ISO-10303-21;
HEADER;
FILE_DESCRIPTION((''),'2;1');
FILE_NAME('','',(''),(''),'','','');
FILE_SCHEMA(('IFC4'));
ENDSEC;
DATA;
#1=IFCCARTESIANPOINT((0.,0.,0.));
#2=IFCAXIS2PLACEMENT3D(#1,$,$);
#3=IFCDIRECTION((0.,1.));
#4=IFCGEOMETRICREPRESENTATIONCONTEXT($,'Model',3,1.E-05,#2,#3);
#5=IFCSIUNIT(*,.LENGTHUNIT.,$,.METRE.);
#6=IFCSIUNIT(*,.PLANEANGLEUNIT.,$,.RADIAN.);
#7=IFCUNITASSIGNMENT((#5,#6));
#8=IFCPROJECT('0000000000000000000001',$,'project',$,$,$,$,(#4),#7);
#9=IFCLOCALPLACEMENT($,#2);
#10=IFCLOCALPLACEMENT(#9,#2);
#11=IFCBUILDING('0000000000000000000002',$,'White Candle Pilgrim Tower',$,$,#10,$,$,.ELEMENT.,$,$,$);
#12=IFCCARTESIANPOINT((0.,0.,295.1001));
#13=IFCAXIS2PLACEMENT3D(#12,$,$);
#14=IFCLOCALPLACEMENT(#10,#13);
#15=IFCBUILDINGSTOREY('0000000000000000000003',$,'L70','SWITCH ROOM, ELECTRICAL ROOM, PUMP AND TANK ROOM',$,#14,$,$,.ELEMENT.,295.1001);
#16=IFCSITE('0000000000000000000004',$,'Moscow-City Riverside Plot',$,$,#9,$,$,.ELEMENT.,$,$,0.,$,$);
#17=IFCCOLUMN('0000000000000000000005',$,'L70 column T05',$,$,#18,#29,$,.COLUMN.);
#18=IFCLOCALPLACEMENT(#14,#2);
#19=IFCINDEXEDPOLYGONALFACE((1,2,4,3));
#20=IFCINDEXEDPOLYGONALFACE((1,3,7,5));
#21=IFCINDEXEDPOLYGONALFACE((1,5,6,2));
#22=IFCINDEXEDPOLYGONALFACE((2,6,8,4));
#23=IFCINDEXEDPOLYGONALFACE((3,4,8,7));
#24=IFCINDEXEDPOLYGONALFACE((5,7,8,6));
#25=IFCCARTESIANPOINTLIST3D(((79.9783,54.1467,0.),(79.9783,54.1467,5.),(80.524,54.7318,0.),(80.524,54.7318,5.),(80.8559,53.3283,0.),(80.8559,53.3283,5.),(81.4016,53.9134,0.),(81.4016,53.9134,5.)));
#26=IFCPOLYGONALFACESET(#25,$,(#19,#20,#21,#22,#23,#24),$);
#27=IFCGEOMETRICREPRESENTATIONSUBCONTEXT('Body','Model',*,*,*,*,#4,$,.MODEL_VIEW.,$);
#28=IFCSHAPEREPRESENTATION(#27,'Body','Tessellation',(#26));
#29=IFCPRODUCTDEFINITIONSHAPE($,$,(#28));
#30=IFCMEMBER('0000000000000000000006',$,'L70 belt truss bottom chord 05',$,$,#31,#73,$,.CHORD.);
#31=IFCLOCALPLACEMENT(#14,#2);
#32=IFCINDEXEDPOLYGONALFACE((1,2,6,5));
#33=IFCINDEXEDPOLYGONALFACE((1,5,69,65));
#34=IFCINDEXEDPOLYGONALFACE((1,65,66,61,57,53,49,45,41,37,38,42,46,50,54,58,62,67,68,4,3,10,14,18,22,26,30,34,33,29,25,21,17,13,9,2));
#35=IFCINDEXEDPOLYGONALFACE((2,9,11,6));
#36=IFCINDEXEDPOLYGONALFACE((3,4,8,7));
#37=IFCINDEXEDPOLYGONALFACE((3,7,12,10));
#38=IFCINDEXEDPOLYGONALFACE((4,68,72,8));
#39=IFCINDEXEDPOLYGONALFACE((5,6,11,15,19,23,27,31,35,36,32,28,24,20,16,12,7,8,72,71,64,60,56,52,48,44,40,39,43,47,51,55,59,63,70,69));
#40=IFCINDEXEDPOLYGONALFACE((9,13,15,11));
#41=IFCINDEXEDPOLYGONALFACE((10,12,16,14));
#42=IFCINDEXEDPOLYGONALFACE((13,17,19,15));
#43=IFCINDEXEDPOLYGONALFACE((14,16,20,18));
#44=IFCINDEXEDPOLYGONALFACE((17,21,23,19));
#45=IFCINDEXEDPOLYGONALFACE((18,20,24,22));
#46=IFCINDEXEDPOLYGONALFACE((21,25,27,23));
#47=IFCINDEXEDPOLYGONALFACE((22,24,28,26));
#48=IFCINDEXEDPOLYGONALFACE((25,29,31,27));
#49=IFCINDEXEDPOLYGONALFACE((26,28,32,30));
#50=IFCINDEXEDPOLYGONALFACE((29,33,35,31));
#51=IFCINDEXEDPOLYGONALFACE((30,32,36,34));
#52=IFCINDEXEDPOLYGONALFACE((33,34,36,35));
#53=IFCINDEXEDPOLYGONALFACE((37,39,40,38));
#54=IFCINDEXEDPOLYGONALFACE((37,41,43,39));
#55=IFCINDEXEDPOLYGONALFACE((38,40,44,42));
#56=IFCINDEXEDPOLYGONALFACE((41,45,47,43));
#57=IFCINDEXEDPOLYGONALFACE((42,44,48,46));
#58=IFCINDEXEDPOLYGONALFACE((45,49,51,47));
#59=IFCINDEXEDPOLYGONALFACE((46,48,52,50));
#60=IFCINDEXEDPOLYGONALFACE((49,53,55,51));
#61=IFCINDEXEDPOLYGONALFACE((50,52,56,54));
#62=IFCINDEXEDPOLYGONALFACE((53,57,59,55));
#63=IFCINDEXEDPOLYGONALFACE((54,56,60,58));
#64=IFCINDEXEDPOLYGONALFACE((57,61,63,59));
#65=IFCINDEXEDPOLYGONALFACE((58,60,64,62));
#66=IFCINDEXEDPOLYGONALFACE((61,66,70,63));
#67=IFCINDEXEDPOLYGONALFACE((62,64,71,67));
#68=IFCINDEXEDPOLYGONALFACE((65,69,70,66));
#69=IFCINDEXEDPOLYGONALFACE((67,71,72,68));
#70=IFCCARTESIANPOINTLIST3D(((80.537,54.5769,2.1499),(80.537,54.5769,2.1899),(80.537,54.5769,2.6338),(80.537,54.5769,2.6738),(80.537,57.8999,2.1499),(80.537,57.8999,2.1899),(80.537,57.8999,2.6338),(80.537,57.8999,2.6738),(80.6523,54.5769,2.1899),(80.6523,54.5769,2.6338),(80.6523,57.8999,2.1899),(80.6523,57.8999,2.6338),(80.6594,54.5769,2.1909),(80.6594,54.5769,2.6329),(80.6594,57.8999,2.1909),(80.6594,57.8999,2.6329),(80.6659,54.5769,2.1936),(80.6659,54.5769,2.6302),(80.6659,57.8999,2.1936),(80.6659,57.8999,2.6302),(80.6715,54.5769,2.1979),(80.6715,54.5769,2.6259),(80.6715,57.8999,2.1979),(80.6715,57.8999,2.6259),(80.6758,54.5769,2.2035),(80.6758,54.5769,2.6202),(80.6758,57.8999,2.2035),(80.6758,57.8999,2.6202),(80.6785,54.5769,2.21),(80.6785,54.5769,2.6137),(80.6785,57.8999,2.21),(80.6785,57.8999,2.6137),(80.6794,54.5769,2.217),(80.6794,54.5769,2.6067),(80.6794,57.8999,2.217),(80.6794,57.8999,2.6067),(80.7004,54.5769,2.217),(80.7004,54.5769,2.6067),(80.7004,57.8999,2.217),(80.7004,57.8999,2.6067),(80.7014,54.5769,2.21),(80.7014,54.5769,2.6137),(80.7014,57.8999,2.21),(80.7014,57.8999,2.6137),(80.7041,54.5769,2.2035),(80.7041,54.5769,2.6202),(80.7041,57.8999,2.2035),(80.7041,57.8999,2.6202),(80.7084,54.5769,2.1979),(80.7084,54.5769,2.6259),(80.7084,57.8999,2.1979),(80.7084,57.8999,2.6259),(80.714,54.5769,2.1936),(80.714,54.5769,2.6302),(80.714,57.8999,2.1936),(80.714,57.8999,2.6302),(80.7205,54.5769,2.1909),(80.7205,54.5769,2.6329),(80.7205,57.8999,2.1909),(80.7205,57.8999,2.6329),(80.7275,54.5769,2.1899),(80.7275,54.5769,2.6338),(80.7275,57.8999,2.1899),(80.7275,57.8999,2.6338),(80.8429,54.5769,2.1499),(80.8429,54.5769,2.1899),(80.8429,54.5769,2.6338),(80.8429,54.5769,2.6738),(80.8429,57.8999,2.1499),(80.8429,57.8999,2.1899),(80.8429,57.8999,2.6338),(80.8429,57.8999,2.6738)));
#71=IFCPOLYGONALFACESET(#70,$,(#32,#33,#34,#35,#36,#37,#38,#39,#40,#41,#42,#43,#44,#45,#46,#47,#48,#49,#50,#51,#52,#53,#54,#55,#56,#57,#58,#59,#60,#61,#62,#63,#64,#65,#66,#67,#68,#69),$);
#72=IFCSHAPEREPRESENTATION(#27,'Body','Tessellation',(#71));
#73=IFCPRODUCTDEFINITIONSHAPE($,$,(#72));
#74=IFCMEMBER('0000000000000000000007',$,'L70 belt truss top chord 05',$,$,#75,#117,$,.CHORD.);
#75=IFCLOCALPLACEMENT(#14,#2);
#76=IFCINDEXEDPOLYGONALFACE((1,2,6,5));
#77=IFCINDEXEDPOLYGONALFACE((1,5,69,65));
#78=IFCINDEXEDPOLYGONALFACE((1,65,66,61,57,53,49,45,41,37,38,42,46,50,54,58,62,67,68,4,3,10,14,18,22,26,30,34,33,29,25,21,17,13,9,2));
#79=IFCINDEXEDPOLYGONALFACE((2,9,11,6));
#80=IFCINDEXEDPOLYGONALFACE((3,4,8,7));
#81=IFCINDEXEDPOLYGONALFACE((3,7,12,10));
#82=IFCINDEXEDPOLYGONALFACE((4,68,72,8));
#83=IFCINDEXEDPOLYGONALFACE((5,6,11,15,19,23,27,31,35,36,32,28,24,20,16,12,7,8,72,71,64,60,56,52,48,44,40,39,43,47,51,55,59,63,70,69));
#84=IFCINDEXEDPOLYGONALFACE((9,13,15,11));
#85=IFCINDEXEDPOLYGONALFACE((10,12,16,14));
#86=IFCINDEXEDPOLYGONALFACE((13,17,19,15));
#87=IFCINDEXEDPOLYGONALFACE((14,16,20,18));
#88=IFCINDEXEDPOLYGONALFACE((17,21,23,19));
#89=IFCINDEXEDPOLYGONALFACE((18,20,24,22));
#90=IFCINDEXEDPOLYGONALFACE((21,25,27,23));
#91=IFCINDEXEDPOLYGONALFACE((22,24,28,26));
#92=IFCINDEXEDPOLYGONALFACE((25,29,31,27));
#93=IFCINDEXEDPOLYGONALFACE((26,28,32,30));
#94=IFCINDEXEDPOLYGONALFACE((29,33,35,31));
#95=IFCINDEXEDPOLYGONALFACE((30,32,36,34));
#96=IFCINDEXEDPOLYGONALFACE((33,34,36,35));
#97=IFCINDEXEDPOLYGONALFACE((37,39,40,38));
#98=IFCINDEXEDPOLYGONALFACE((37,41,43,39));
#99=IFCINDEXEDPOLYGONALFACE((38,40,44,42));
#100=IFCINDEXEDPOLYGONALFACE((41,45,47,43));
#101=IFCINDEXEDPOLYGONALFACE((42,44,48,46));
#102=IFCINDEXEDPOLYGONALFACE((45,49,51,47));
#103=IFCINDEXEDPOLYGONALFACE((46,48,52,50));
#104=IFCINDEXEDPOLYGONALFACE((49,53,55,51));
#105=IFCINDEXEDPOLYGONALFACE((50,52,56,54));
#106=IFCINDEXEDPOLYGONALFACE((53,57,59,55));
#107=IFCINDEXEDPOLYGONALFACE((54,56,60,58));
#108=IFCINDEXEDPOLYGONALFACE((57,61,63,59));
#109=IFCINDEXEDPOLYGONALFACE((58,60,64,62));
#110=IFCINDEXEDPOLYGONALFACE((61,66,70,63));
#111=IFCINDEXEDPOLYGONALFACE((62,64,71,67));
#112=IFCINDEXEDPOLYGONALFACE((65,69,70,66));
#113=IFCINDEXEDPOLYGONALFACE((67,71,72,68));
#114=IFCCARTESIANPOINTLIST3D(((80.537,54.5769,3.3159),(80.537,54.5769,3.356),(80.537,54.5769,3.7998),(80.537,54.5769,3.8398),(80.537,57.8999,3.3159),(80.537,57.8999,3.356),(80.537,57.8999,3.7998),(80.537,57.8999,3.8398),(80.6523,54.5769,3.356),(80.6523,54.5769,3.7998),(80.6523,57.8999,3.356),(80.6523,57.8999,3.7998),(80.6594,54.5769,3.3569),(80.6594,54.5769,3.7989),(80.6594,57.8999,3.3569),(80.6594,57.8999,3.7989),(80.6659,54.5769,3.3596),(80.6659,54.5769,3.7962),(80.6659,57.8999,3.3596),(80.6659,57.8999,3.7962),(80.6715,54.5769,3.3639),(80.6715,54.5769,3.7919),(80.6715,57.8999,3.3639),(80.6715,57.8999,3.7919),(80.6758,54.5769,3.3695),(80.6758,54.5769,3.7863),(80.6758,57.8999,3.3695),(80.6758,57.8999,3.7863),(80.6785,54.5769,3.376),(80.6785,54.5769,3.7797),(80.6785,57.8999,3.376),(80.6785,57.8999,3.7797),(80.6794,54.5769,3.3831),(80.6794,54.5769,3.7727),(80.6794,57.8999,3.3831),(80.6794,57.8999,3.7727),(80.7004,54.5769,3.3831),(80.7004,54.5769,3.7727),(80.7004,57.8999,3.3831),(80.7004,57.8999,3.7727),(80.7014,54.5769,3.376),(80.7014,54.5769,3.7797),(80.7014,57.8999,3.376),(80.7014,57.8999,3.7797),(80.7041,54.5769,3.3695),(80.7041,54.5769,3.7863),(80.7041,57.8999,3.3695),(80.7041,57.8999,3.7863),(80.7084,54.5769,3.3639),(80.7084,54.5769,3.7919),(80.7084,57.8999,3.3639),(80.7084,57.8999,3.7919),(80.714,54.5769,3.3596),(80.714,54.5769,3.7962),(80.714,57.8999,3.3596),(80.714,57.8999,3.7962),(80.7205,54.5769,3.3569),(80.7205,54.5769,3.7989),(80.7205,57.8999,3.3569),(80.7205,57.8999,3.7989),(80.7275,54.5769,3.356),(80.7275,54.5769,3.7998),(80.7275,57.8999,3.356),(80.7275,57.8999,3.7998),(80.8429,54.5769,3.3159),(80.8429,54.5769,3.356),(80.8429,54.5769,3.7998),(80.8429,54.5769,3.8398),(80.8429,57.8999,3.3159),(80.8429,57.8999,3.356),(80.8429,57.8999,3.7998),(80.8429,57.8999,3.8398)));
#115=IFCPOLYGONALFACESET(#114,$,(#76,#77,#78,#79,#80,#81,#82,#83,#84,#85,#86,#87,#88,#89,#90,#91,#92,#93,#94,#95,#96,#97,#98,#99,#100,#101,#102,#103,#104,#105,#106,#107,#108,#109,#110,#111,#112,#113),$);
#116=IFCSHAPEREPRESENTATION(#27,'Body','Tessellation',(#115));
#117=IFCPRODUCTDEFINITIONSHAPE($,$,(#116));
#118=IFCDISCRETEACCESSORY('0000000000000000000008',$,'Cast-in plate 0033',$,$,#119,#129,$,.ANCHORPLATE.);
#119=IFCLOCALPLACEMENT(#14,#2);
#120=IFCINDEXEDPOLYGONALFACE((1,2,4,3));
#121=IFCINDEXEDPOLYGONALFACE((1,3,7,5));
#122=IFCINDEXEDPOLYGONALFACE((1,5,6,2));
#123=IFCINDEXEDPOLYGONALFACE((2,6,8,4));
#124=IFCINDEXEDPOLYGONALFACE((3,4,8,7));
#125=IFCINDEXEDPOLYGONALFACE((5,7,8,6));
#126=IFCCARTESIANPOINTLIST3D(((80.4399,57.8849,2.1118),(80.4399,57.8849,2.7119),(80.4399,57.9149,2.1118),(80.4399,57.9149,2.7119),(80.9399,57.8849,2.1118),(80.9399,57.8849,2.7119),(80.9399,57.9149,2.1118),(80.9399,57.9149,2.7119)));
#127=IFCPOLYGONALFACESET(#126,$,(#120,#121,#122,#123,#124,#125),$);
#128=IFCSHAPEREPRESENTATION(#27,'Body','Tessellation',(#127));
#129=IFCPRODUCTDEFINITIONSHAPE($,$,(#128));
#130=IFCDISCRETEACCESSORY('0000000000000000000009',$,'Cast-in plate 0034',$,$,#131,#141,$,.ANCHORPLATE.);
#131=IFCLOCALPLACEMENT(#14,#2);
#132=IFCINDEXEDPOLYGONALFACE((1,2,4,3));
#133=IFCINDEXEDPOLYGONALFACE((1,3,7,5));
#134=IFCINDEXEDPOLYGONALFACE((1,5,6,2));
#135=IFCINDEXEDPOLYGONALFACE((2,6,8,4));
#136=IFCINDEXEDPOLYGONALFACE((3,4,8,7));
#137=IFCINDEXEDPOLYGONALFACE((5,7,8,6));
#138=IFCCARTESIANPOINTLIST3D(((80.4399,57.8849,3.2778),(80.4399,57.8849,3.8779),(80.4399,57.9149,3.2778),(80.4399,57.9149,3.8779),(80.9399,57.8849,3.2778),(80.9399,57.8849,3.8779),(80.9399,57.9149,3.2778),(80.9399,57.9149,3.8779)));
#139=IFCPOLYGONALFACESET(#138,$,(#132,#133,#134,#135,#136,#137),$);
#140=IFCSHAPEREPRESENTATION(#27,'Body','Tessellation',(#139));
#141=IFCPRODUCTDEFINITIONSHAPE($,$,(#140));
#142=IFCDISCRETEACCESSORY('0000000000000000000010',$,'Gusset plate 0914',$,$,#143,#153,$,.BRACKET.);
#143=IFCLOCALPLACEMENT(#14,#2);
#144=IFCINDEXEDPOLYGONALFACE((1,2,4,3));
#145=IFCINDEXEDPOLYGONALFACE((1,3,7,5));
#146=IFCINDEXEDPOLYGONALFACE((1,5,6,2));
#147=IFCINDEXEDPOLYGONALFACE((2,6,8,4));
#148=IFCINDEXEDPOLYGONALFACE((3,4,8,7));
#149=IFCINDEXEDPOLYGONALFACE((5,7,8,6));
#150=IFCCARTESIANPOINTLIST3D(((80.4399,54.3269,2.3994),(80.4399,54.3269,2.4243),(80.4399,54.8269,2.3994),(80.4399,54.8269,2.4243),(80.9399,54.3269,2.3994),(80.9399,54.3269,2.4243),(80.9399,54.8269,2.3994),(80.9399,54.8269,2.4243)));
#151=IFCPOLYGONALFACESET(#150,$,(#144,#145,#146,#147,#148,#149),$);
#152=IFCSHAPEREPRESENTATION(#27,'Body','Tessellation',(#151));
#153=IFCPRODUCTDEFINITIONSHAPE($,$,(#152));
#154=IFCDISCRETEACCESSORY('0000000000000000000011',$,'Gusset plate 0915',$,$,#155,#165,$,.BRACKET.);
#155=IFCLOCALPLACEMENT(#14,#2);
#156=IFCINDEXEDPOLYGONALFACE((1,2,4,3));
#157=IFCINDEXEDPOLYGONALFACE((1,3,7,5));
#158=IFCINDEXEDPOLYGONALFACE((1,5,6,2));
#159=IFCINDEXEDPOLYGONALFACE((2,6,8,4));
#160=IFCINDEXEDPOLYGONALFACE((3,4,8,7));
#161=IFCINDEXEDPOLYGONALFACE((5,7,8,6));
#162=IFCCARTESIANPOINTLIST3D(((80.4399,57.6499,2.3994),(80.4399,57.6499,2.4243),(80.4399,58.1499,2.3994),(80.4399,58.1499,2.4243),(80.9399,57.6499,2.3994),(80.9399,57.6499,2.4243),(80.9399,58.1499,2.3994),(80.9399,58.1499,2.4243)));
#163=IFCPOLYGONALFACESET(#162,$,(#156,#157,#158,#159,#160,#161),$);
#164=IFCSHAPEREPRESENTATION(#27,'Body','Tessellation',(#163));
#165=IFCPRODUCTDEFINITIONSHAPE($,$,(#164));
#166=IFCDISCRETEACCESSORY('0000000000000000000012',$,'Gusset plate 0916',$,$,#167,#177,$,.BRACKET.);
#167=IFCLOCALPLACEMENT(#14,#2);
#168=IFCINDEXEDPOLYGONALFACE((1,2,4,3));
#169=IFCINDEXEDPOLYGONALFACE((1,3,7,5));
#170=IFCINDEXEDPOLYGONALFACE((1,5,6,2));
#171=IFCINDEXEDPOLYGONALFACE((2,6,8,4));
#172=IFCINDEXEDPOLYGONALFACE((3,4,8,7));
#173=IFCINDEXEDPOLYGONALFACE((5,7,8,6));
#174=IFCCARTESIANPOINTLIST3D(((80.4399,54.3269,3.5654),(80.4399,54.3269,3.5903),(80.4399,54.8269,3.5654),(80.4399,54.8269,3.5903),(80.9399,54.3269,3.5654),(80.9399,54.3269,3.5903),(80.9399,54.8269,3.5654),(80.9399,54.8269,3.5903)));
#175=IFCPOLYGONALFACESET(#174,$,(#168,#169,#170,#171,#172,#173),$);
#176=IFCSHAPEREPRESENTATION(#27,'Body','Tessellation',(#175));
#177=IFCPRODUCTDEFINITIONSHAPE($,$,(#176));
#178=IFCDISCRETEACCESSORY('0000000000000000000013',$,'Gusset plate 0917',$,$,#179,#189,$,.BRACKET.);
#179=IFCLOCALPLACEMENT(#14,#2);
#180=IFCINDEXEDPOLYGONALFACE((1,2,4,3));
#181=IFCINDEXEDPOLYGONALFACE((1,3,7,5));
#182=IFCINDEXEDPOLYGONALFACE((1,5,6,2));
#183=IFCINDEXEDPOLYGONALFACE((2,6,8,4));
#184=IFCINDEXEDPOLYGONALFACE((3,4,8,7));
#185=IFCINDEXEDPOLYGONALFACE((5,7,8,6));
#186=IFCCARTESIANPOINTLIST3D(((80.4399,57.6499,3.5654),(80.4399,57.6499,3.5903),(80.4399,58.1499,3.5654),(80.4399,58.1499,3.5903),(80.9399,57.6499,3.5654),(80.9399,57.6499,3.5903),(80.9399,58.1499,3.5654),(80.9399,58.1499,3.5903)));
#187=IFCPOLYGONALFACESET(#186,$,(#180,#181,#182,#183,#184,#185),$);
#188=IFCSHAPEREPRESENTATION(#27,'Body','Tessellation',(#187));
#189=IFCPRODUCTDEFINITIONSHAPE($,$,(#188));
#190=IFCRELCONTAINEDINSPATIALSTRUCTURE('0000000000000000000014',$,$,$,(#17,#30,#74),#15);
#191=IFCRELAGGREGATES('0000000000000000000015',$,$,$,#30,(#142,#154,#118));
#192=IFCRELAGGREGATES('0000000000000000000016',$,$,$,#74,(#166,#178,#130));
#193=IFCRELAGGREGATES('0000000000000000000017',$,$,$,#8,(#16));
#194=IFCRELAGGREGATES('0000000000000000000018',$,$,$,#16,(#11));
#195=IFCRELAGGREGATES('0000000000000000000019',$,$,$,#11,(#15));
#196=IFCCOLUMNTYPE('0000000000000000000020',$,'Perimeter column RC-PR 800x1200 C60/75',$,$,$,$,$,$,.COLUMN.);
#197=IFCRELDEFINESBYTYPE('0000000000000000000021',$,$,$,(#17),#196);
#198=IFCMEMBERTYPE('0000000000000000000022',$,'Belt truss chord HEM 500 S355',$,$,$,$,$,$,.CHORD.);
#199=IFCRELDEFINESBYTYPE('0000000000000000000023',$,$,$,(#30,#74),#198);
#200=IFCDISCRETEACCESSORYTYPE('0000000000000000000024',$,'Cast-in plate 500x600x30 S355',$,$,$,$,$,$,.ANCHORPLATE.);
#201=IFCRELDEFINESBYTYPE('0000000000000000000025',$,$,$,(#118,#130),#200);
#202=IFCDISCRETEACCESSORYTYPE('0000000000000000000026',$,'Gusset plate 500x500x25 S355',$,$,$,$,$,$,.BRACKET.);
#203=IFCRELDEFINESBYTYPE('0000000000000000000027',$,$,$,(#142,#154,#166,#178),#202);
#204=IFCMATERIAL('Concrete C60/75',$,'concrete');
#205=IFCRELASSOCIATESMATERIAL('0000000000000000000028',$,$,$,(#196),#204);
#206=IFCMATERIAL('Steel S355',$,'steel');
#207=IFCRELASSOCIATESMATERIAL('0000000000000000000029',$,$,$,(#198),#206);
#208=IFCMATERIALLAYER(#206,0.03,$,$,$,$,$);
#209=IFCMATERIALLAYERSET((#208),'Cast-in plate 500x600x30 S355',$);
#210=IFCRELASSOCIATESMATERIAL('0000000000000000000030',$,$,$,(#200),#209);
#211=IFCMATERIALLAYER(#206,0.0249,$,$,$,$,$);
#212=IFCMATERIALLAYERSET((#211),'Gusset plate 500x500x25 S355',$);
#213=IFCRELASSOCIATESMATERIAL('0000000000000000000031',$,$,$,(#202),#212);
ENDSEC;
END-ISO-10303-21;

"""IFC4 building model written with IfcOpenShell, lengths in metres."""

from ifc_helpers import new_model, si_unit, direction, frame, origin, origin_2d, place, context, subcontext, project, spatial, rectangle, i_section, extrude, material, layer, layer_set, material_profile, profile_set, type_object, element, aggregate, save


model = new_model("IFC4")

# Units and contexts
model_context = context("Model", 3, precision=1e-05, world=origin(), true_north=direction((0.0, 1.0)))
body_context = subcontext(model_context, "Body", "Model", "MODEL_VIEW")
ifc_project = project(units=[si_unit("LENGTHUNIT", "METRE"), si_unit("PLANEANGLEUNIT", "RADIAN")], contexts=[model_context])

# Site, building, storey
site_placement = place(None, origin())
site = spatial("IfcSite", under=ifc_project, at=site_placement, Name="Moscow-City Riverside Plot", CompositionType="ELEMENT", RefElevation=0.0)
building_placement = place(site_placement, origin())
building = spatial("IfcBuilding", under=site, at=building_placement, Name="White Candle Pilgrim Tower", CompositionType="ELEMENT")
storey_placement = place(building_placement, frame((0.0, 0.0, 295.1001)))
storey = spatial("IfcBuildingStorey", under=building, at=storey_placement, Name="L70", Description="SWITCH ROOM, ELECTRICAL ROOM, PUMP AND TANK ROOM", CompositionType="ELEMENT", Elevation=295.1001)

# Column
ifc_material_1 = material(Name="Concrete C60/75", Category="concrete")
ifc_material_profile_1 = material_profile(ifc_material_1, rectangle(XDim=0.8, YDim=1.2, at=origin_2d()), Name="RC-PR 800x1200")
ifc_profile_set_1 = profile_set([ifc_material_profile_1], Name="Concrete C60/75")
column_type = type_object("IfcColumnType", Name="Perimeter column RC-PR 800x1200 C60/75", PredefinedType="COLUMN", material=ifc_profile_set_1)
column_placement = place(storey_placement, frame((80.6899, 54.03, 0.0), z_axis=(0.0, 0.0, 1.0), x_axis=(-0.681998, -0.731354, 0.0)))
element("IfcColumn", 1, at=column_placement, inside=storey, type_object=column_type, Name="L70 column T05", PredefinedType="COLUMN", context=body_context, shape_type="SweptSolid", body=[
    extrude(rectangle(XDim=0.8, YDim=1.2, at=origin_2d()), origin(), (0.0, 0.0, 1.0), 5.0),
])

# Members
ifc_material_2 = material(Name="Steel S355", Category="steel")
ifc_material_profile_2 = material_profile(ifc_material_2, i_section(OverallWidth=0.3059, OverallDepth=0.5239, WebThickness=0.021, FlangeThickness=0.04, FilletRadius=0.0271, at=origin_2d()), Name="HEM 500")
ifc_profile_set_2 = profile_set([ifc_material_profile_2], Name="Steel S355")
member_type_1 = type_object("IfcMemberType", Name="Belt truss chord HEM 500 S355", PredefinedType="CHORD", material=ifc_profile_set_2)
member_1_placement = place(storey_placement, frame((80.6899, 54.5769, 2.4119), z_axis=(0.0, 1.0, 0.0), x_axis=(1.0, 0.0, 0.0)))
member_1 = element("IfcMember", 2, at=member_1_placement, inside=storey, type_object=member_type_1, Name="L70 belt truss bottom chord 05", PredefinedType="CHORD", context=body_context, shape_type="SweptSolid", body=[
    extrude(i_section(OverallWidth=0.3059, OverallDepth=0.5239, WebThickness=0.021, FlangeThickness=0.04, FilletRadius=0.0271, at=origin_2d()), origin(), (0.0, 0.0, 1.0), 3.323),
])
member_2_placement = place(storey_placement, frame((80.6899, 54.5769, 3.5779), z_axis=(0.0, 1.0, 0.0), x_axis=(1.0, 0.0, 0.0)))
member_2 = element("IfcMember", 3, at=member_2_placement, inside=storey, type_object=member_type_1, Name="L70 belt truss top chord 05", PredefinedType="CHORD", context=body_context, shape_type="SweptSolid", body=[
    extrude(i_section(OverallWidth=0.3059, OverallDepth=0.5239, WebThickness=0.021, FlangeThickness=0.04, FilletRadius=0.0271, at=origin_2d()), origin(), (0.0, 0.0, 1.0), 3.323),
])

# Discrete accessories
ifc_layer_1 = layer(ifc_material_2, 0.03)
ifc_layer_set_1 = layer_set([ifc_layer_1], Name="Cast-in plate 500x600x30 S355")
discrete_accessory_type_1 = type_object("IfcDiscreteAccessoryType", Name="Cast-in plate 500x600x30 S355", PredefinedType="ANCHORPLATE", material=ifc_layer_set_1)
discrete_accessory_1_placement = place(storey_placement, frame((80.6899, 57.8999, 2.1118), z_axis=(0.0, 0.0, 1.0), x_axis=(0.0, -1.0, 0.0)))
discrete_accessory_1 = element("IfcDiscreteAccessory", 4, at=discrete_accessory_1_placement, type_object=discrete_accessory_type_1, Name="Cast-in plate 0033", PredefinedType="ANCHORPLATE", context=body_context, shape_type="SweptSolid", body=[
    extrude(rectangle(XDim=0.03, YDim=0.5, at=origin_2d()), origin(), (0.0, 0.0, 1.0), 0.6001),
])
discrete_accessory_2_placement = place(storey_placement, frame((80.6899, 57.8999, 3.2778), z_axis=(0.0, 0.0, 1.0), x_axis=(0.0, -1.0, 0.0)))
discrete_accessory_2 = element("IfcDiscreteAccessory", 5, at=discrete_accessory_2_placement, type_object=discrete_accessory_type_1, Name="Cast-in plate 0034", PredefinedType="ANCHORPLATE", context=body_context, shape_type="SweptSolid", body=[
    extrude(rectangle(XDim=0.03, YDim=0.5, at=origin_2d()), origin(), (0.0, 0.0, 1.0), 0.6001),
])
ifc_layer_2 = layer(ifc_material_2, 0.0249)
ifc_layer_set_2 = layer_set([ifc_layer_2], Name="Gusset plate 500x500x25 S355")
discrete_accessory_type_2 = type_object("IfcDiscreteAccessoryType", Name="Gusset plate 500x500x25 S355", PredefinedType="BRACKET", material=ifc_layer_set_2)
discrete_accessory_3_placement = place(storey_placement, frame((80.6899, 54.5769, 2.3994), z_axis=(0.0, 0.0, 1.0), x_axis=(1.0, 0.0, 0.0)))
discrete_accessory_3 = element("IfcDiscreteAccessory", 6, at=discrete_accessory_3_placement, type_object=discrete_accessory_type_2, Name="Gusset plate 0914", PredefinedType="BRACKET", context=body_context, shape_type="SweptSolid", body=[
    extrude(rectangle(XDim=0.5, YDim=0.5, at=origin_2d()), origin(), (0.0, 0.0, 1.0), 0.0249),
])
discrete_accessory_4_placement = place(storey_placement, frame((80.6899, 57.8999, 2.3994), z_axis=(0.0, 0.0, 1.0), x_axis=(1.0, 0.0, 0.0)))
discrete_accessory_4 = element("IfcDiscreteAccessory", 7, at=discrete_accessory_4_placement, type_object=discrete_accessory_type_2, Name="Gusset plate 0915", PredefinedType="BRACKET", context=body_context, shape_type="SweptSolid", body=[
    extrude(rectangle(XDim=0.5, YDim=0.5, at=origin_2d()), origin(), (0.0, 0.0, 1.0), 0.0249),
])
aggregate(member_1, [discrete_accessory_3, discrete_accessory_4, discrete_accessory_1])
discrete_accessory_5_placement = place(storey_placement, frame((80.6899, 54.5769, 3.5654), z_axis=(0.0, 0.0, 1.0), x_axis=(1.0, 0.0, 0.0)))
discrete_accessory_5 = element("IfcDiscreteAccessory", 8, at=discrete_accessory_5_placement, type_object=discrete_accessory_type_2, Name="Gusset plate 0916", PredefinedType="BRACKET", context=body_context, shape_type="SweptSolid", body=[
    extrude(rectangle(XDim=0.5, YDim=0.5, at=origin_2d()), origin(), (0.0, 0.0, 1.0), 0.0249),
])
discrete_accessory_6_placement = place(storey_placement, frame((80.6899, 57.8999, 3.5654), z_axis=(0.0, 0.0, 1.0), x_axis=(1.0, 0.0, 0.0)))
discrete_accessory_6 = element("IfcDiscreteAccessory", 9, at=discrete_accessory_6_placement, type_object=discrete_accessory_type_2, Name="Gusset plate 0917", PredefinedType="BRACKET", context=body_context, shape_type="SweptSolid", body=[
    extrude(rectangle(XDim=0.5, YDim=0.5, at=origin_2d()), origin(), (0.0, 0.0, 1.0), 0.0249),
])
aggregate(member_2, [discrete_accessory_5, discrete_accessory_6, discrete_accessory_2])

save(model, "model.ifc")
